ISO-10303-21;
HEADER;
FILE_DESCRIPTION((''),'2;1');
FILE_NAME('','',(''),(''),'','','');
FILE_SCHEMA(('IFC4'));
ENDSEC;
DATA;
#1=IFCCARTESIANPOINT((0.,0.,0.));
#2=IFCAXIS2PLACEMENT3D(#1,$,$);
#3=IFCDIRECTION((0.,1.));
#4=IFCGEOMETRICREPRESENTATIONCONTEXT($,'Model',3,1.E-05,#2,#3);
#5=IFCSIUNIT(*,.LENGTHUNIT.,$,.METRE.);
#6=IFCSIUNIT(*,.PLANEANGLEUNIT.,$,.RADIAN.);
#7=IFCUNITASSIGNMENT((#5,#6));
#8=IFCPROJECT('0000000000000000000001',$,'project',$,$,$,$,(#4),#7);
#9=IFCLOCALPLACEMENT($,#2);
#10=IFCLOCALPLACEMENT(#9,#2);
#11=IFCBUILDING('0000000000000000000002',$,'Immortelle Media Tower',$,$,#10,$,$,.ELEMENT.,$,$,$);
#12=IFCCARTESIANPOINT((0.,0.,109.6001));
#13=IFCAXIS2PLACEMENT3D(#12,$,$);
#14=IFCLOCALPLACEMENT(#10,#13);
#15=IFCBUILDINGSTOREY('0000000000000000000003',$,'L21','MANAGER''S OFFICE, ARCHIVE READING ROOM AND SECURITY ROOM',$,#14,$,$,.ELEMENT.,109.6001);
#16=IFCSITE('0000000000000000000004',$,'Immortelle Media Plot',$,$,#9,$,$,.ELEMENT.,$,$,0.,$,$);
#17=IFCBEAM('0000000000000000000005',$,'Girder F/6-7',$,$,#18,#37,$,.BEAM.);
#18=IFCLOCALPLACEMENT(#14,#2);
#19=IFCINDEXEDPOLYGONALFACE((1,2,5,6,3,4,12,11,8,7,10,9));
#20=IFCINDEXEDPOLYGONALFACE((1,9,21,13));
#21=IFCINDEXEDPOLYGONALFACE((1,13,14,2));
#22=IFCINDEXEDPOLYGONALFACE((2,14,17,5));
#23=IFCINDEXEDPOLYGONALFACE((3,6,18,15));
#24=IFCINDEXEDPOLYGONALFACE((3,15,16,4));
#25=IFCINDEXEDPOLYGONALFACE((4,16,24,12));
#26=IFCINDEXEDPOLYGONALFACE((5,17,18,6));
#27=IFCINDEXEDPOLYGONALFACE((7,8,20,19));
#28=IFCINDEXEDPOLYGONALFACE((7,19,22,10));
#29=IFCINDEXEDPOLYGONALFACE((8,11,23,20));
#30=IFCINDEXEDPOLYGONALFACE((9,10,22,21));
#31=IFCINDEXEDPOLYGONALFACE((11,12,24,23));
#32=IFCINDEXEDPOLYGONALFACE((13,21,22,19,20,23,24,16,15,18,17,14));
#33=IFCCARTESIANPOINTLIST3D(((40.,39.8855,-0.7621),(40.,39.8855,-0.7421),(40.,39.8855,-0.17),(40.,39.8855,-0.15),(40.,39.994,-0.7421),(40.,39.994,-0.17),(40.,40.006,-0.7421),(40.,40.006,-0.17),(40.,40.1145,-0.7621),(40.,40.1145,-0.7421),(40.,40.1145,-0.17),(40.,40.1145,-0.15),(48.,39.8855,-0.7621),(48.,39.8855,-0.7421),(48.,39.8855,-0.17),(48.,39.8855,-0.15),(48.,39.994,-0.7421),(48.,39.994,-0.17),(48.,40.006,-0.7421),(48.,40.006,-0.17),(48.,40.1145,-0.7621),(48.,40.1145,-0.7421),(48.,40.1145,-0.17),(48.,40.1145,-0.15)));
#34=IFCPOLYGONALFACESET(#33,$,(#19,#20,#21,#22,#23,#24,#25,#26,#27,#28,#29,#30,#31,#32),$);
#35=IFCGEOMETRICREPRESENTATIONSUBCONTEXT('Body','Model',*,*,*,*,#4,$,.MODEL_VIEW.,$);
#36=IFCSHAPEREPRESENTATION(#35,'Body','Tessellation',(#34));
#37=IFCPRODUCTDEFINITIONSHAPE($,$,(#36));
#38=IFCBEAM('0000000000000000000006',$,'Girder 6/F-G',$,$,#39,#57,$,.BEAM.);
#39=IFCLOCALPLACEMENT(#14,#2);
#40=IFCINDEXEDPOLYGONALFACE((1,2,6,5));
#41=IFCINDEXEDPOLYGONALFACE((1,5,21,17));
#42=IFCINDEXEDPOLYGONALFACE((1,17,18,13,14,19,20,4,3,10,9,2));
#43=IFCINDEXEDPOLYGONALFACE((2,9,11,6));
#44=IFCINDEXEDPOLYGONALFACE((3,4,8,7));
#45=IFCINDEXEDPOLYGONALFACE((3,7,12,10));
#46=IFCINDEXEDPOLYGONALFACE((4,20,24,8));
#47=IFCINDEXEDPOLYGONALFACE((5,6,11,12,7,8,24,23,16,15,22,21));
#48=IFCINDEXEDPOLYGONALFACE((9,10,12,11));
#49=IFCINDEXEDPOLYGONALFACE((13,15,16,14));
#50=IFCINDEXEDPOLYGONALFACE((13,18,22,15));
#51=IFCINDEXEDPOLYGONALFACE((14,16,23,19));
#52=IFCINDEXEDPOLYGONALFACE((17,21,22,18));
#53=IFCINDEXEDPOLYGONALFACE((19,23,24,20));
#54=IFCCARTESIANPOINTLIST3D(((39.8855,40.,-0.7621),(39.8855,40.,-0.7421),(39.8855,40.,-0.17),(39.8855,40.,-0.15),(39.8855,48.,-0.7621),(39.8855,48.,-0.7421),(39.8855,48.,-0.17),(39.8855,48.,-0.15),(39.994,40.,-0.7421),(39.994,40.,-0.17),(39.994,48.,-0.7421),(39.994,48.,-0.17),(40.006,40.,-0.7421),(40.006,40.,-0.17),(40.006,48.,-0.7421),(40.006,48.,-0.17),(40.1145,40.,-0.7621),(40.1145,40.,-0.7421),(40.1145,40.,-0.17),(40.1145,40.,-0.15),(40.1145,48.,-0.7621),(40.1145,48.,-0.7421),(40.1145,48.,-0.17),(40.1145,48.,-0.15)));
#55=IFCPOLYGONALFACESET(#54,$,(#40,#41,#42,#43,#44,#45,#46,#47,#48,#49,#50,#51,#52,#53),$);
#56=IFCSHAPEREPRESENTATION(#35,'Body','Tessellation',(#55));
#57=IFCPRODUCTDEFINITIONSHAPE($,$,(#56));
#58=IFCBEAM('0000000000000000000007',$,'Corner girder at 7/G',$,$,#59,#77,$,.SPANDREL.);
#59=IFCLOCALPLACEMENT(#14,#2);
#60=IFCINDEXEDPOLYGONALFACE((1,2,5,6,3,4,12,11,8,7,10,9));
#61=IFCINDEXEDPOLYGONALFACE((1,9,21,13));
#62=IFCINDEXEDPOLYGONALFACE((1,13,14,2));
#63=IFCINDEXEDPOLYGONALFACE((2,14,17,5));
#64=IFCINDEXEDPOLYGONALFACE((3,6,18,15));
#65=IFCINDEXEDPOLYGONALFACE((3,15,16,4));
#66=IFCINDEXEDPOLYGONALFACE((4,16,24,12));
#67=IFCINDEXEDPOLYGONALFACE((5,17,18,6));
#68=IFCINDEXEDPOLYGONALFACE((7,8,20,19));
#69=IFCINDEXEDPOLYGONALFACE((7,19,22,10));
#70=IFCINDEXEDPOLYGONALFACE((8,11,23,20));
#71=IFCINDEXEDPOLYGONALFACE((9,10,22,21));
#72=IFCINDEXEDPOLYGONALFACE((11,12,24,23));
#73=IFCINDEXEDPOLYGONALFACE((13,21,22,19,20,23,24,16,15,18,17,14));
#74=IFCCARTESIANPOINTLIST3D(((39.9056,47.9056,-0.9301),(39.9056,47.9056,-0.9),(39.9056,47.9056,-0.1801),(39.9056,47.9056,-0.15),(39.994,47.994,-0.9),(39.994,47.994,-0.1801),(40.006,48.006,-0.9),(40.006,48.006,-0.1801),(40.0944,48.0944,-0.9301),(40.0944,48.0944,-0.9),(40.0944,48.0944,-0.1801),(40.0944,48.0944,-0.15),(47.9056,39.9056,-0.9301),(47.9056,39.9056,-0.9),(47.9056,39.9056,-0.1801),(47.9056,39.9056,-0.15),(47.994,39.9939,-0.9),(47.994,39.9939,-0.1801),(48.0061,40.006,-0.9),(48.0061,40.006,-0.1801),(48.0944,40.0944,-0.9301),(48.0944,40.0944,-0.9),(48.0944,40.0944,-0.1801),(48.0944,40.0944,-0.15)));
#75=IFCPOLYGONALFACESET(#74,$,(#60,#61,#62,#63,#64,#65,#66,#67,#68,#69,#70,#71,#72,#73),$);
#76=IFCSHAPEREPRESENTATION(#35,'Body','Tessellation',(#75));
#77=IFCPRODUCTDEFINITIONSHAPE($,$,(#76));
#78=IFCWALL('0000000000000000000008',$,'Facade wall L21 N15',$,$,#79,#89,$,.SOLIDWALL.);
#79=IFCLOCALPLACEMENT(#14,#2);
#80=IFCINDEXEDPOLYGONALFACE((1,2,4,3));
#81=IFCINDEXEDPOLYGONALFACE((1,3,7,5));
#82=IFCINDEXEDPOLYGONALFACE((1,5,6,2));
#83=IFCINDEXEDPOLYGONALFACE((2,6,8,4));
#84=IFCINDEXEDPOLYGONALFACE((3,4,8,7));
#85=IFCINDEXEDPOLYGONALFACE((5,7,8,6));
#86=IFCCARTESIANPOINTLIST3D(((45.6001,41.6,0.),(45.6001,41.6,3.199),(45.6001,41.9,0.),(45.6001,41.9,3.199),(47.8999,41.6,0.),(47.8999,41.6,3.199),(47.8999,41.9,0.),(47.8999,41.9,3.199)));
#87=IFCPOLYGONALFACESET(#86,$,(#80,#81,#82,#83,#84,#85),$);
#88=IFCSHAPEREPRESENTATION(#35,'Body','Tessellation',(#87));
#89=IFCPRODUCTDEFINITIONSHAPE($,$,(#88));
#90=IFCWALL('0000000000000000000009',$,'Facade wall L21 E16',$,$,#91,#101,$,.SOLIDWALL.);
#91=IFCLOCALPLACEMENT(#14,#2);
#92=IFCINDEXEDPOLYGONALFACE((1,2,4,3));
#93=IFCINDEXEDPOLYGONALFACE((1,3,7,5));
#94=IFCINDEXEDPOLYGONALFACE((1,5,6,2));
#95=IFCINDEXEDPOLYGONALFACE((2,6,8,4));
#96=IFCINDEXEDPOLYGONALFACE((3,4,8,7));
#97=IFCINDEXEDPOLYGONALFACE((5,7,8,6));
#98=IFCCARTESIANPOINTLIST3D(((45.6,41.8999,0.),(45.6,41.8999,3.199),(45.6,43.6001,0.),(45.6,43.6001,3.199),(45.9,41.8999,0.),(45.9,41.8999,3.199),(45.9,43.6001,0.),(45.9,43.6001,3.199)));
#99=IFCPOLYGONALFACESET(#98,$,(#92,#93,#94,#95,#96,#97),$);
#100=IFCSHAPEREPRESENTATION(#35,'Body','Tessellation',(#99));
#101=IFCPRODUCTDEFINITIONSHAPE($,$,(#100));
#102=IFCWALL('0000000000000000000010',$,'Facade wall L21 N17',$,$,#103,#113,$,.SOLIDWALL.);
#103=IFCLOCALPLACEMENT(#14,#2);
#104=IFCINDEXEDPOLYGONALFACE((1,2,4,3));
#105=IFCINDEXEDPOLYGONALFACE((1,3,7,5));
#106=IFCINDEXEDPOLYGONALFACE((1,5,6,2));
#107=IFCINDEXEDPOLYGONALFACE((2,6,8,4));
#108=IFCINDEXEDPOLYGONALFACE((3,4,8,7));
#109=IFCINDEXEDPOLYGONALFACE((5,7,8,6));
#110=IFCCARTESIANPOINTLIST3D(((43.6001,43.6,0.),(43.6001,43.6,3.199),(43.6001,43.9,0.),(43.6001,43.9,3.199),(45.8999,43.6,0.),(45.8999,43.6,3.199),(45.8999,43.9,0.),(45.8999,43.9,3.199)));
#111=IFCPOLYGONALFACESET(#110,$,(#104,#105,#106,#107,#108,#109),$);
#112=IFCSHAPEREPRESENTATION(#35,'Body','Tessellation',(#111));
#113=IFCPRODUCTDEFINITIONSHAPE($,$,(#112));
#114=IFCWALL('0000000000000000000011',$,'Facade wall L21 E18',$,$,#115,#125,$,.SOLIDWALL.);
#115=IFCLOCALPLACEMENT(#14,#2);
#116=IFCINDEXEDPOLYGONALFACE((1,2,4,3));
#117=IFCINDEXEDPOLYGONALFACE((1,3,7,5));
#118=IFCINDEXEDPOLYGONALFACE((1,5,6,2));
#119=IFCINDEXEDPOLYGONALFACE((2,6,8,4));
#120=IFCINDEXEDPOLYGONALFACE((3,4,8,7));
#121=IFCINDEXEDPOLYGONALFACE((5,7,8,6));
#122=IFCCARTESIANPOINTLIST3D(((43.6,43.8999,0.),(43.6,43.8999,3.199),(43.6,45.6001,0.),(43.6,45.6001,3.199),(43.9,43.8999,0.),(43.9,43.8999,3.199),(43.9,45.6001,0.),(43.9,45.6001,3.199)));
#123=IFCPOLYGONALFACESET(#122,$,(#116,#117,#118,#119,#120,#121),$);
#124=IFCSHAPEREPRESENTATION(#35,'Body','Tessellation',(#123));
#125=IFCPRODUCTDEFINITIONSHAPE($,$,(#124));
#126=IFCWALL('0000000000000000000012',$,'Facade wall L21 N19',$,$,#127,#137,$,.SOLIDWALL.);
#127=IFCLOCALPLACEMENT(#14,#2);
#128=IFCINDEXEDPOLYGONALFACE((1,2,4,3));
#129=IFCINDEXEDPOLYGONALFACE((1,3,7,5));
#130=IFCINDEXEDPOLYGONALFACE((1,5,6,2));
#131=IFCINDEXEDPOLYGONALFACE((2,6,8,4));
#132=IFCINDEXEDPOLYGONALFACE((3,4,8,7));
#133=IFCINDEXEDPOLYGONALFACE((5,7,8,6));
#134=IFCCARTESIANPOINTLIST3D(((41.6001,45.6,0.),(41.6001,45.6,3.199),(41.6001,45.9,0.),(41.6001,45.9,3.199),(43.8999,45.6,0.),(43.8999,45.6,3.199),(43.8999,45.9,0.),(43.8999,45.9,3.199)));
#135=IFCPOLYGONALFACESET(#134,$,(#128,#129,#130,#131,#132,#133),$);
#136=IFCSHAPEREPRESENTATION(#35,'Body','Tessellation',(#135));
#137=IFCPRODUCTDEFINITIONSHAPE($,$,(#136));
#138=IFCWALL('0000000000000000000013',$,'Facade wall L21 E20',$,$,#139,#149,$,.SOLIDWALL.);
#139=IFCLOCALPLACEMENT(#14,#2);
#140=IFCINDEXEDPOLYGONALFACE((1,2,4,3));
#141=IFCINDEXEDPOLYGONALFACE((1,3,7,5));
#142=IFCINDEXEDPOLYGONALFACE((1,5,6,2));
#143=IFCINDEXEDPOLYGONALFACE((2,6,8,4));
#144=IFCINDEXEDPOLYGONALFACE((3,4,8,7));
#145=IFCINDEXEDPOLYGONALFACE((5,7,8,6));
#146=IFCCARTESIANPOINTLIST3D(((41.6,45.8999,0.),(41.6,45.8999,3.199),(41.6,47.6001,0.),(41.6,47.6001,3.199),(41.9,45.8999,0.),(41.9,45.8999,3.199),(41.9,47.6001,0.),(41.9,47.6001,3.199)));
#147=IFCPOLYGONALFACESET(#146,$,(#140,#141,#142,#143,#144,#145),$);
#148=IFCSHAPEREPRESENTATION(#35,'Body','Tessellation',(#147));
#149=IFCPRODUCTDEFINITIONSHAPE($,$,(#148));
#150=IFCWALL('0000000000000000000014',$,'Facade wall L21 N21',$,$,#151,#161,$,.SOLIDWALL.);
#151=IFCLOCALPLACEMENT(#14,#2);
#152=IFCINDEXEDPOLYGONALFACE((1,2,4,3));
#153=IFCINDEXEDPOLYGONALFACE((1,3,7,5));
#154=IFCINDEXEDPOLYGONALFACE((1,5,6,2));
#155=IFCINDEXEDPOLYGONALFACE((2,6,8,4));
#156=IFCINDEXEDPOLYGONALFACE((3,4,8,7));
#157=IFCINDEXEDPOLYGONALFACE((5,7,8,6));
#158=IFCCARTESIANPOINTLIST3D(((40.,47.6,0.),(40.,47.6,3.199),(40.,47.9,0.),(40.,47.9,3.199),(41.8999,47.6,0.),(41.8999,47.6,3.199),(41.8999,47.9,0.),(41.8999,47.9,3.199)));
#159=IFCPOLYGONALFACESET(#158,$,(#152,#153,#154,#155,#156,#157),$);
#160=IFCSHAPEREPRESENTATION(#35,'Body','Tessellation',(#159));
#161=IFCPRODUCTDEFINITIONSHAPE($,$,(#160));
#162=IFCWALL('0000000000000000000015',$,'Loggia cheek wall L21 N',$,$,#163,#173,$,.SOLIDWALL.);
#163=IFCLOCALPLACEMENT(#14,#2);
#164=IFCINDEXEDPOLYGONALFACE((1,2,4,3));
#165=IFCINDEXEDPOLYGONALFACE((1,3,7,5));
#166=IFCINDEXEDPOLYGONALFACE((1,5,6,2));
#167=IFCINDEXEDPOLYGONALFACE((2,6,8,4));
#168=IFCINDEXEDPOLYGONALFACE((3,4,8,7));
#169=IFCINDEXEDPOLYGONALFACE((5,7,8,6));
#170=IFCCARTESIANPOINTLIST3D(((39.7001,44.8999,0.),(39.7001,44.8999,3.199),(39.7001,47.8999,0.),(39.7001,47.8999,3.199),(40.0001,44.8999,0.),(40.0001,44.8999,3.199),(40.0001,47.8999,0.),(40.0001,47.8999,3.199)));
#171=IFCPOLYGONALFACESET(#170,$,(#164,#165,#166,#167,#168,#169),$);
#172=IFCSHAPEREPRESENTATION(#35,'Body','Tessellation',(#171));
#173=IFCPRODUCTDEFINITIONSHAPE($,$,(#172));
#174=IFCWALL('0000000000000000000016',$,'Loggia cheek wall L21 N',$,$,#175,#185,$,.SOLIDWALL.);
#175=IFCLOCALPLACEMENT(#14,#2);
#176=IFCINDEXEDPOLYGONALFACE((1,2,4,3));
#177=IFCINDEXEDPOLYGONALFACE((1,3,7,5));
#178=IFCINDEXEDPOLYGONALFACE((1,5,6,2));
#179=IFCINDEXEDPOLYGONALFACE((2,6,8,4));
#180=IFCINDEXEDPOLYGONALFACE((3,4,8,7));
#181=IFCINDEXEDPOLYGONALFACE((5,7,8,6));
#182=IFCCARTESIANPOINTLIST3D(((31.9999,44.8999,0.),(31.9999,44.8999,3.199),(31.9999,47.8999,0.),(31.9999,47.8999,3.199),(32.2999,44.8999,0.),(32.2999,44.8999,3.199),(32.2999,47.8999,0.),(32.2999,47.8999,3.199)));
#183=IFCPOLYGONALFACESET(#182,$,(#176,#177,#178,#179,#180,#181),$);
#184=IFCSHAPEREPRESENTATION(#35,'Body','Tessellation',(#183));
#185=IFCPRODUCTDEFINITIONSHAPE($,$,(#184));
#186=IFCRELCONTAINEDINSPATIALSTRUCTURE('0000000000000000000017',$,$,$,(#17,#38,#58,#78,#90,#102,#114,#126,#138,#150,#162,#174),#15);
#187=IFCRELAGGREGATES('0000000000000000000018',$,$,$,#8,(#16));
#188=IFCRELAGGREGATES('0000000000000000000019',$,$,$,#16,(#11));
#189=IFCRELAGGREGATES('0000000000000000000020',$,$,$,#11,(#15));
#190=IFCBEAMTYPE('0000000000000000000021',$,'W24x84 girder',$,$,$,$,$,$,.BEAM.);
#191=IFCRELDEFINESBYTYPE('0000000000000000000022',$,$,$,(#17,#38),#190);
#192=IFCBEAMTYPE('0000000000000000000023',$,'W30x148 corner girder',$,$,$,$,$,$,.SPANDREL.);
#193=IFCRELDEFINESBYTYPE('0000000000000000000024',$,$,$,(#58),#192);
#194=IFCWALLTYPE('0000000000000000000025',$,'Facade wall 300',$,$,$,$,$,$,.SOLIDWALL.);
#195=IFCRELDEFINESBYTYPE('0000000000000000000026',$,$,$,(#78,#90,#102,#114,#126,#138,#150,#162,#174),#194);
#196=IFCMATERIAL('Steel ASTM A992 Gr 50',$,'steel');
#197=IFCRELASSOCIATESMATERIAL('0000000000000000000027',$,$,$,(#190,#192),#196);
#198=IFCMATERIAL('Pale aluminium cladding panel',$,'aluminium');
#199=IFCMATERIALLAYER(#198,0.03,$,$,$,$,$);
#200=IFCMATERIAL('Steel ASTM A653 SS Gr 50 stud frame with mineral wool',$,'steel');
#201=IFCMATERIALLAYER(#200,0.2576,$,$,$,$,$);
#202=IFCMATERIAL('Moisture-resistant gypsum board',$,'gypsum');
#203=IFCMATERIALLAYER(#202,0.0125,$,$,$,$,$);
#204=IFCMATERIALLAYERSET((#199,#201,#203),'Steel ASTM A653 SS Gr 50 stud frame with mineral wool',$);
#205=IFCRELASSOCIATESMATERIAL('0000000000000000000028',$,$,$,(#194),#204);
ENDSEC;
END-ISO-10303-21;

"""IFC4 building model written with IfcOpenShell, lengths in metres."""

from ifc_helpers import new_model, si_unit, direction, frame, frame_2d, origin, origin_2d, place, context, subcontext, project, spatial, rectangle, i_section, extrude, material, layer, layer_set, material_profile, profile_set, type_object, element, save


model = new_model("IFC4")

# Units and contexts
model_context = context("Model", 3, precision=1e-05, world=origin(), true_north=direction((0.0, 1.0)))
body_context = subcontext(model_context, "Body", "Model", "MODEL_VIEW")
ifc_project = project(units=[si_unit("LENGTHUNIT", "METRE"), si_unit("PLANEANGLEUNIT", "RADIAN")], contexts=[model_context])

# Site, building, storey
site_placement = place(None, origin())
site = spatial("IfcSite", under=ifc_project, at=site_placement, Name="Immortelle Media Plot", CompositionType="ELEMENT", RefElevation=0.0)
building_placement = place(site_placement, origin())
building = spatial("IfcBuilding", under=site, at=building_placement, Name="Immortelle Media Tower", CompositionType="ELEMENT")
storey_placement = place(building_placement, frame((0.0, 0.0, 109.6001)))
storey = spatial("IfcBuildingStorey", under=building, at=storey_placement, Name="L21", Description="MANAGER'S OFFICE, ARCHIVE READING ROOM AND SECURITY ROOM", CompositionType="ELEMENT", Elevation=109.6001)

# Shared definitions
ifc_material_1 = material(Name="Steel ASTM A992 Gr 50", Category="steel")

# Beams
ifc_material_profile_1 = material_profile(ifc_material_1, i_section(OverallWidth=0.229, OverallDepth=0.6121, WebThickness=0.012, FlangeThickness=0.02, at=origin_2d()), Name="W24x84")
ifc_profile_set_1 = profile_set([ifc_material_profile_1], Name="Steel ASTM A992 Gr 50")
beam_type_1 = type_object("IfcBeamType", Name="W24x84 girder", PredefinedType="BEAM", material=ifc_profile_set_1)
for number, where, z_axis, x_axis, name in (
    (1, (40.0, 40.0, -0.4561), (1.0, 0.0, 0.0), (0.0, 1.0, 0.0), "Girder F/6-7"),
    (2, (40.0, 40.0, -0.4561), (0.0, 1.0, 0.0), (-1.0, 0.0, 0.0), "Girder 6/F-G"),
):
    element("IfcBeam", number, at=place(storey_placement, frame(where, z_axis=z_axis, x_axis=x_axis)), inside=storey, type_object=beam_type_1, Name=name, PredefinedType="BEAM", context=body_context, shape_type="SweptSolid", body=[
        extrude(i_section(OverallWidth=0.229, OverallDepth=0.6121, WebThickness=0.012, FlangeThickness=0.02, at=origin_2d()), origin(), (0.0, 0.0, 1.0), 8.0),
    ])
ifc_material_profile_2 = material_profile(ifc_material_1, i_section(OverallWidth=0.2671, OverallDepth=0.78, WebThickness=0.0171, FlangeThickness=0.03, at=origin_2d()), Name="W30x148")
ifc_profile_set_2 = profile_set([ifc_material_profile_2], Name="Steel ASTM A992 Gr 50")
beam_type_2 = type_object("IfcBeamType", Name="W30x148 corner girder", PredefinedType="SPANDREL", material=ifc_profile_set_2)
beam_1_placement = place(storey_placement, frame((40.0, 48.0, -0.54), z_axis=(0.707107, -0.707107, 0.0), x_axis=(0.707107, 0.707107, 0.0)))
element("IfcBeam", 3, at=beam_1_placement, inside=storey, type_object=beam_type_2, Name="Corner girder at 7/G", PredefinedType="SPANDREL", context=body_context, shape_type="SweptSolid", body=[
    extrude(i_section(OverallWidth=0.2671, OverallDepth=0.78, WebThickness=0.0171, FlangeThickness=0.03, at=origin_2d()), origin(), (0.0, 0.0, 1.0), 11.3137),
])

# Walls
ifc_material_2 = material(Name="Pale aluminium cladding panel", Category="aluminium")
ifc_layer_1 = layer(ifc_material_2, 0.03)
ifc_material_3 = material(Name="Steel ASTM A653 SS Gr 50 stud frame with mineral wool", Category="steel")
ifc_layer_2 = layer(ifc_material_3, 0.2576)
ifc_material_4 = material(Name="Moisture-resistant gypsum board", Category="gypsum")
ifc_layer_3 = layer(ifc_material_4, 0.0125)
ifc_layer_set_1 = layer_set([ifc_layer_1, ifc_layer_2, ifc_layer_3], Name="Steel ASTM A653 SS Gr 50 stud frame with mineral wool")
wall_type_1 = type_object("IfcWallType", Name="Facade wall 300", PredefinedType="SOLIDWALL", material=ifc_layer_set_1)
wall_1_placement = place(storey_placement, frame((47.8999, 41.75, 0.0), z_axis=(0.0, 0.0, 1.0), x_axis=(-1.0, 0.0, 0.0)))
element("IfcWall", 4, at=wall_1_placement, inside=storey, type_object=wall_type_1, Name="Facade wall L21 N15", PredefinedType="SOLIDWALL", context=body_context, shape_type="SweptSolid", body=[
    extrude(rectangle(XDim=2.2998, YDim=0.3, at=frame_2d((1.1499, 0.0))), origin(), (0.0, 0.0, 1.0), 3.199),
])
wall_2_placement = place(storey_placement, frame((45.75, 41.8999, 0.0), z_axis=(0.0, 0.0, 1.0), x_axis=(0.0, 1.0, 0.0)))
element("IfcWall", 5, at=wall_2_placement, inside=storey, type_object=wall_type_1, Name="Facade wall L21 E16", PredefinedType="SOLIDWALL", context=body_context, shape_type="SweptSolid", body=[
    extrude(rectangle(XDim=1.7002, YDim=0.3, at=frame_2d((0.8501, 0.0))), origin(), (0.0, 0.0, 1.0), 3.199),
])
wall_3_placement = place(storey_placement, frame((45.8999, 43.75, 0.0), z_axis=(0.0, 0.0, 1.0), x_axis=(-1.0, 0.0, 0.0)))
element("IfcWall", 6, at=wall_3_placement, inside=storey, type_object=wall_type_1, Name="Facade wall L21 N17", PredefinedType="SOLIDWALL", context=body_context, shape_type="SweptSolid", body=[
    extrude(rectangle(XDim=2.2998, YDim=0.3, at=frame_2d((1.1499, 0.0))), origin(), (0.0, 0.0, 1.0), 3.199),
])
wall_4_placement = place(storey_placement, frame((43.75, 43.8999, 0.0), z_axis=(0.0, 0.0, 1.0), x_axis=(0.0, 1.0, 0.0)))
element("IfcWall", 7, at=wall_4_placement, inside=storey, type_object=wall_type_1, Name="Facade wall L21 E18", PredefinedType="SOLIDWALL", context=body_context, shape_type="SweptSolid", body=[
    extrude(rectangle(XDim=1.7002, YDim=0.3, at=frame_2d((0.8501, 0.0))), origin(), (0.0, 0.0, 1.0), 3.199),
])
wall_5_placement = place(storey_placement, frame((43.8999, 45.75, 0.0), z_axis=(0.0, 0.0, 1.0), x_axis=(-1.0, 0.0, 0.0)))
element("IfcWall", 8, at=wall_5_placement, inside=storey, type_object=wall_type_1, Name="Facade wall L21 N19", PredefinedType="SOLIDWALL", context=body_context, shape_type="SweptSolid", body=[
    extrude(rectangle(XDim=2.2998, YDim=0.3, at=frame_2d((1.1499, 0.0))), origin(), (0.0, 0.0, 1.0), 3.199),
])
wall_6_placement = place(storey_placement, frame((41.75, 45.8999, 0.0), z_axis=(0.0, 0.0, 1.0), x_axis=(0.0, 1.0, 0.0)))
element("IfcWall", 9, at=wall_6_placement, inside=storey, type_object=wall_type_1, Name="Facade wall L21 E20", PredefinedType="SOLIDWALL", context=body_context, shape_type="SweptSolid", body=[
    extrude(rectangle(XDim=1.7002, YDim=0.3, at=frame_2d((0.8501, 0.0))), origin(), (0.0, 0.0, 1.0), 3.199),
])
wall_7_placement = place(storey_placement, frame((41.8999, 47.75, 0.0), z_axis=(0.0, 0.0, 1.0), x_axis=(-1.0, 0.0, 0.0)))
element("IfcWall", 10, at=wall_7_placement, inside=storey, type_object=wall_type_1, Name="Facade wall L21 N21", PredefinedType="SOLIDWALL", context=body_context, shape_type="SweptSolid", body=[
    extrude(rectangle(XDim=1.8999, YDim=0.3, at=frame_2d((0.95, 0.0))), origin(), (0.0, 0.0, 1.0), 3.199),
])

# Walls
for number, where, z_axis, x_axis, name in (
    (11, (39.8501, 47.8999, 0.0), (0.0, 0.0, 1.0), (0.0, -1.0, 0.0), "Loggia cheek wall L21 N"),
    (12, (32.1499, 47.8999, 0.0), (0.0, 0.0, 1.0), (0.0, -1.0, 0.0), "Loggia cheek wall L21 N"),
):
    element("IfcWall", number, at=place(storey_placement, frame(where, z_axis=z_axis, x_axis=x_axis)), inside=storey, type_object=wall_type_1, Name=name, PredefinedType="SOLIDWALL", context=body_context, shape_type="SweptSolid", body=[
        extrude(rectangle(XDim=3.0, YDim=0.3, at=frame_2d((1.5, 0.0))), origin(), (0.0, 0.0, 1.0), 3.199),
    ])

save(model, "model.ifc")
